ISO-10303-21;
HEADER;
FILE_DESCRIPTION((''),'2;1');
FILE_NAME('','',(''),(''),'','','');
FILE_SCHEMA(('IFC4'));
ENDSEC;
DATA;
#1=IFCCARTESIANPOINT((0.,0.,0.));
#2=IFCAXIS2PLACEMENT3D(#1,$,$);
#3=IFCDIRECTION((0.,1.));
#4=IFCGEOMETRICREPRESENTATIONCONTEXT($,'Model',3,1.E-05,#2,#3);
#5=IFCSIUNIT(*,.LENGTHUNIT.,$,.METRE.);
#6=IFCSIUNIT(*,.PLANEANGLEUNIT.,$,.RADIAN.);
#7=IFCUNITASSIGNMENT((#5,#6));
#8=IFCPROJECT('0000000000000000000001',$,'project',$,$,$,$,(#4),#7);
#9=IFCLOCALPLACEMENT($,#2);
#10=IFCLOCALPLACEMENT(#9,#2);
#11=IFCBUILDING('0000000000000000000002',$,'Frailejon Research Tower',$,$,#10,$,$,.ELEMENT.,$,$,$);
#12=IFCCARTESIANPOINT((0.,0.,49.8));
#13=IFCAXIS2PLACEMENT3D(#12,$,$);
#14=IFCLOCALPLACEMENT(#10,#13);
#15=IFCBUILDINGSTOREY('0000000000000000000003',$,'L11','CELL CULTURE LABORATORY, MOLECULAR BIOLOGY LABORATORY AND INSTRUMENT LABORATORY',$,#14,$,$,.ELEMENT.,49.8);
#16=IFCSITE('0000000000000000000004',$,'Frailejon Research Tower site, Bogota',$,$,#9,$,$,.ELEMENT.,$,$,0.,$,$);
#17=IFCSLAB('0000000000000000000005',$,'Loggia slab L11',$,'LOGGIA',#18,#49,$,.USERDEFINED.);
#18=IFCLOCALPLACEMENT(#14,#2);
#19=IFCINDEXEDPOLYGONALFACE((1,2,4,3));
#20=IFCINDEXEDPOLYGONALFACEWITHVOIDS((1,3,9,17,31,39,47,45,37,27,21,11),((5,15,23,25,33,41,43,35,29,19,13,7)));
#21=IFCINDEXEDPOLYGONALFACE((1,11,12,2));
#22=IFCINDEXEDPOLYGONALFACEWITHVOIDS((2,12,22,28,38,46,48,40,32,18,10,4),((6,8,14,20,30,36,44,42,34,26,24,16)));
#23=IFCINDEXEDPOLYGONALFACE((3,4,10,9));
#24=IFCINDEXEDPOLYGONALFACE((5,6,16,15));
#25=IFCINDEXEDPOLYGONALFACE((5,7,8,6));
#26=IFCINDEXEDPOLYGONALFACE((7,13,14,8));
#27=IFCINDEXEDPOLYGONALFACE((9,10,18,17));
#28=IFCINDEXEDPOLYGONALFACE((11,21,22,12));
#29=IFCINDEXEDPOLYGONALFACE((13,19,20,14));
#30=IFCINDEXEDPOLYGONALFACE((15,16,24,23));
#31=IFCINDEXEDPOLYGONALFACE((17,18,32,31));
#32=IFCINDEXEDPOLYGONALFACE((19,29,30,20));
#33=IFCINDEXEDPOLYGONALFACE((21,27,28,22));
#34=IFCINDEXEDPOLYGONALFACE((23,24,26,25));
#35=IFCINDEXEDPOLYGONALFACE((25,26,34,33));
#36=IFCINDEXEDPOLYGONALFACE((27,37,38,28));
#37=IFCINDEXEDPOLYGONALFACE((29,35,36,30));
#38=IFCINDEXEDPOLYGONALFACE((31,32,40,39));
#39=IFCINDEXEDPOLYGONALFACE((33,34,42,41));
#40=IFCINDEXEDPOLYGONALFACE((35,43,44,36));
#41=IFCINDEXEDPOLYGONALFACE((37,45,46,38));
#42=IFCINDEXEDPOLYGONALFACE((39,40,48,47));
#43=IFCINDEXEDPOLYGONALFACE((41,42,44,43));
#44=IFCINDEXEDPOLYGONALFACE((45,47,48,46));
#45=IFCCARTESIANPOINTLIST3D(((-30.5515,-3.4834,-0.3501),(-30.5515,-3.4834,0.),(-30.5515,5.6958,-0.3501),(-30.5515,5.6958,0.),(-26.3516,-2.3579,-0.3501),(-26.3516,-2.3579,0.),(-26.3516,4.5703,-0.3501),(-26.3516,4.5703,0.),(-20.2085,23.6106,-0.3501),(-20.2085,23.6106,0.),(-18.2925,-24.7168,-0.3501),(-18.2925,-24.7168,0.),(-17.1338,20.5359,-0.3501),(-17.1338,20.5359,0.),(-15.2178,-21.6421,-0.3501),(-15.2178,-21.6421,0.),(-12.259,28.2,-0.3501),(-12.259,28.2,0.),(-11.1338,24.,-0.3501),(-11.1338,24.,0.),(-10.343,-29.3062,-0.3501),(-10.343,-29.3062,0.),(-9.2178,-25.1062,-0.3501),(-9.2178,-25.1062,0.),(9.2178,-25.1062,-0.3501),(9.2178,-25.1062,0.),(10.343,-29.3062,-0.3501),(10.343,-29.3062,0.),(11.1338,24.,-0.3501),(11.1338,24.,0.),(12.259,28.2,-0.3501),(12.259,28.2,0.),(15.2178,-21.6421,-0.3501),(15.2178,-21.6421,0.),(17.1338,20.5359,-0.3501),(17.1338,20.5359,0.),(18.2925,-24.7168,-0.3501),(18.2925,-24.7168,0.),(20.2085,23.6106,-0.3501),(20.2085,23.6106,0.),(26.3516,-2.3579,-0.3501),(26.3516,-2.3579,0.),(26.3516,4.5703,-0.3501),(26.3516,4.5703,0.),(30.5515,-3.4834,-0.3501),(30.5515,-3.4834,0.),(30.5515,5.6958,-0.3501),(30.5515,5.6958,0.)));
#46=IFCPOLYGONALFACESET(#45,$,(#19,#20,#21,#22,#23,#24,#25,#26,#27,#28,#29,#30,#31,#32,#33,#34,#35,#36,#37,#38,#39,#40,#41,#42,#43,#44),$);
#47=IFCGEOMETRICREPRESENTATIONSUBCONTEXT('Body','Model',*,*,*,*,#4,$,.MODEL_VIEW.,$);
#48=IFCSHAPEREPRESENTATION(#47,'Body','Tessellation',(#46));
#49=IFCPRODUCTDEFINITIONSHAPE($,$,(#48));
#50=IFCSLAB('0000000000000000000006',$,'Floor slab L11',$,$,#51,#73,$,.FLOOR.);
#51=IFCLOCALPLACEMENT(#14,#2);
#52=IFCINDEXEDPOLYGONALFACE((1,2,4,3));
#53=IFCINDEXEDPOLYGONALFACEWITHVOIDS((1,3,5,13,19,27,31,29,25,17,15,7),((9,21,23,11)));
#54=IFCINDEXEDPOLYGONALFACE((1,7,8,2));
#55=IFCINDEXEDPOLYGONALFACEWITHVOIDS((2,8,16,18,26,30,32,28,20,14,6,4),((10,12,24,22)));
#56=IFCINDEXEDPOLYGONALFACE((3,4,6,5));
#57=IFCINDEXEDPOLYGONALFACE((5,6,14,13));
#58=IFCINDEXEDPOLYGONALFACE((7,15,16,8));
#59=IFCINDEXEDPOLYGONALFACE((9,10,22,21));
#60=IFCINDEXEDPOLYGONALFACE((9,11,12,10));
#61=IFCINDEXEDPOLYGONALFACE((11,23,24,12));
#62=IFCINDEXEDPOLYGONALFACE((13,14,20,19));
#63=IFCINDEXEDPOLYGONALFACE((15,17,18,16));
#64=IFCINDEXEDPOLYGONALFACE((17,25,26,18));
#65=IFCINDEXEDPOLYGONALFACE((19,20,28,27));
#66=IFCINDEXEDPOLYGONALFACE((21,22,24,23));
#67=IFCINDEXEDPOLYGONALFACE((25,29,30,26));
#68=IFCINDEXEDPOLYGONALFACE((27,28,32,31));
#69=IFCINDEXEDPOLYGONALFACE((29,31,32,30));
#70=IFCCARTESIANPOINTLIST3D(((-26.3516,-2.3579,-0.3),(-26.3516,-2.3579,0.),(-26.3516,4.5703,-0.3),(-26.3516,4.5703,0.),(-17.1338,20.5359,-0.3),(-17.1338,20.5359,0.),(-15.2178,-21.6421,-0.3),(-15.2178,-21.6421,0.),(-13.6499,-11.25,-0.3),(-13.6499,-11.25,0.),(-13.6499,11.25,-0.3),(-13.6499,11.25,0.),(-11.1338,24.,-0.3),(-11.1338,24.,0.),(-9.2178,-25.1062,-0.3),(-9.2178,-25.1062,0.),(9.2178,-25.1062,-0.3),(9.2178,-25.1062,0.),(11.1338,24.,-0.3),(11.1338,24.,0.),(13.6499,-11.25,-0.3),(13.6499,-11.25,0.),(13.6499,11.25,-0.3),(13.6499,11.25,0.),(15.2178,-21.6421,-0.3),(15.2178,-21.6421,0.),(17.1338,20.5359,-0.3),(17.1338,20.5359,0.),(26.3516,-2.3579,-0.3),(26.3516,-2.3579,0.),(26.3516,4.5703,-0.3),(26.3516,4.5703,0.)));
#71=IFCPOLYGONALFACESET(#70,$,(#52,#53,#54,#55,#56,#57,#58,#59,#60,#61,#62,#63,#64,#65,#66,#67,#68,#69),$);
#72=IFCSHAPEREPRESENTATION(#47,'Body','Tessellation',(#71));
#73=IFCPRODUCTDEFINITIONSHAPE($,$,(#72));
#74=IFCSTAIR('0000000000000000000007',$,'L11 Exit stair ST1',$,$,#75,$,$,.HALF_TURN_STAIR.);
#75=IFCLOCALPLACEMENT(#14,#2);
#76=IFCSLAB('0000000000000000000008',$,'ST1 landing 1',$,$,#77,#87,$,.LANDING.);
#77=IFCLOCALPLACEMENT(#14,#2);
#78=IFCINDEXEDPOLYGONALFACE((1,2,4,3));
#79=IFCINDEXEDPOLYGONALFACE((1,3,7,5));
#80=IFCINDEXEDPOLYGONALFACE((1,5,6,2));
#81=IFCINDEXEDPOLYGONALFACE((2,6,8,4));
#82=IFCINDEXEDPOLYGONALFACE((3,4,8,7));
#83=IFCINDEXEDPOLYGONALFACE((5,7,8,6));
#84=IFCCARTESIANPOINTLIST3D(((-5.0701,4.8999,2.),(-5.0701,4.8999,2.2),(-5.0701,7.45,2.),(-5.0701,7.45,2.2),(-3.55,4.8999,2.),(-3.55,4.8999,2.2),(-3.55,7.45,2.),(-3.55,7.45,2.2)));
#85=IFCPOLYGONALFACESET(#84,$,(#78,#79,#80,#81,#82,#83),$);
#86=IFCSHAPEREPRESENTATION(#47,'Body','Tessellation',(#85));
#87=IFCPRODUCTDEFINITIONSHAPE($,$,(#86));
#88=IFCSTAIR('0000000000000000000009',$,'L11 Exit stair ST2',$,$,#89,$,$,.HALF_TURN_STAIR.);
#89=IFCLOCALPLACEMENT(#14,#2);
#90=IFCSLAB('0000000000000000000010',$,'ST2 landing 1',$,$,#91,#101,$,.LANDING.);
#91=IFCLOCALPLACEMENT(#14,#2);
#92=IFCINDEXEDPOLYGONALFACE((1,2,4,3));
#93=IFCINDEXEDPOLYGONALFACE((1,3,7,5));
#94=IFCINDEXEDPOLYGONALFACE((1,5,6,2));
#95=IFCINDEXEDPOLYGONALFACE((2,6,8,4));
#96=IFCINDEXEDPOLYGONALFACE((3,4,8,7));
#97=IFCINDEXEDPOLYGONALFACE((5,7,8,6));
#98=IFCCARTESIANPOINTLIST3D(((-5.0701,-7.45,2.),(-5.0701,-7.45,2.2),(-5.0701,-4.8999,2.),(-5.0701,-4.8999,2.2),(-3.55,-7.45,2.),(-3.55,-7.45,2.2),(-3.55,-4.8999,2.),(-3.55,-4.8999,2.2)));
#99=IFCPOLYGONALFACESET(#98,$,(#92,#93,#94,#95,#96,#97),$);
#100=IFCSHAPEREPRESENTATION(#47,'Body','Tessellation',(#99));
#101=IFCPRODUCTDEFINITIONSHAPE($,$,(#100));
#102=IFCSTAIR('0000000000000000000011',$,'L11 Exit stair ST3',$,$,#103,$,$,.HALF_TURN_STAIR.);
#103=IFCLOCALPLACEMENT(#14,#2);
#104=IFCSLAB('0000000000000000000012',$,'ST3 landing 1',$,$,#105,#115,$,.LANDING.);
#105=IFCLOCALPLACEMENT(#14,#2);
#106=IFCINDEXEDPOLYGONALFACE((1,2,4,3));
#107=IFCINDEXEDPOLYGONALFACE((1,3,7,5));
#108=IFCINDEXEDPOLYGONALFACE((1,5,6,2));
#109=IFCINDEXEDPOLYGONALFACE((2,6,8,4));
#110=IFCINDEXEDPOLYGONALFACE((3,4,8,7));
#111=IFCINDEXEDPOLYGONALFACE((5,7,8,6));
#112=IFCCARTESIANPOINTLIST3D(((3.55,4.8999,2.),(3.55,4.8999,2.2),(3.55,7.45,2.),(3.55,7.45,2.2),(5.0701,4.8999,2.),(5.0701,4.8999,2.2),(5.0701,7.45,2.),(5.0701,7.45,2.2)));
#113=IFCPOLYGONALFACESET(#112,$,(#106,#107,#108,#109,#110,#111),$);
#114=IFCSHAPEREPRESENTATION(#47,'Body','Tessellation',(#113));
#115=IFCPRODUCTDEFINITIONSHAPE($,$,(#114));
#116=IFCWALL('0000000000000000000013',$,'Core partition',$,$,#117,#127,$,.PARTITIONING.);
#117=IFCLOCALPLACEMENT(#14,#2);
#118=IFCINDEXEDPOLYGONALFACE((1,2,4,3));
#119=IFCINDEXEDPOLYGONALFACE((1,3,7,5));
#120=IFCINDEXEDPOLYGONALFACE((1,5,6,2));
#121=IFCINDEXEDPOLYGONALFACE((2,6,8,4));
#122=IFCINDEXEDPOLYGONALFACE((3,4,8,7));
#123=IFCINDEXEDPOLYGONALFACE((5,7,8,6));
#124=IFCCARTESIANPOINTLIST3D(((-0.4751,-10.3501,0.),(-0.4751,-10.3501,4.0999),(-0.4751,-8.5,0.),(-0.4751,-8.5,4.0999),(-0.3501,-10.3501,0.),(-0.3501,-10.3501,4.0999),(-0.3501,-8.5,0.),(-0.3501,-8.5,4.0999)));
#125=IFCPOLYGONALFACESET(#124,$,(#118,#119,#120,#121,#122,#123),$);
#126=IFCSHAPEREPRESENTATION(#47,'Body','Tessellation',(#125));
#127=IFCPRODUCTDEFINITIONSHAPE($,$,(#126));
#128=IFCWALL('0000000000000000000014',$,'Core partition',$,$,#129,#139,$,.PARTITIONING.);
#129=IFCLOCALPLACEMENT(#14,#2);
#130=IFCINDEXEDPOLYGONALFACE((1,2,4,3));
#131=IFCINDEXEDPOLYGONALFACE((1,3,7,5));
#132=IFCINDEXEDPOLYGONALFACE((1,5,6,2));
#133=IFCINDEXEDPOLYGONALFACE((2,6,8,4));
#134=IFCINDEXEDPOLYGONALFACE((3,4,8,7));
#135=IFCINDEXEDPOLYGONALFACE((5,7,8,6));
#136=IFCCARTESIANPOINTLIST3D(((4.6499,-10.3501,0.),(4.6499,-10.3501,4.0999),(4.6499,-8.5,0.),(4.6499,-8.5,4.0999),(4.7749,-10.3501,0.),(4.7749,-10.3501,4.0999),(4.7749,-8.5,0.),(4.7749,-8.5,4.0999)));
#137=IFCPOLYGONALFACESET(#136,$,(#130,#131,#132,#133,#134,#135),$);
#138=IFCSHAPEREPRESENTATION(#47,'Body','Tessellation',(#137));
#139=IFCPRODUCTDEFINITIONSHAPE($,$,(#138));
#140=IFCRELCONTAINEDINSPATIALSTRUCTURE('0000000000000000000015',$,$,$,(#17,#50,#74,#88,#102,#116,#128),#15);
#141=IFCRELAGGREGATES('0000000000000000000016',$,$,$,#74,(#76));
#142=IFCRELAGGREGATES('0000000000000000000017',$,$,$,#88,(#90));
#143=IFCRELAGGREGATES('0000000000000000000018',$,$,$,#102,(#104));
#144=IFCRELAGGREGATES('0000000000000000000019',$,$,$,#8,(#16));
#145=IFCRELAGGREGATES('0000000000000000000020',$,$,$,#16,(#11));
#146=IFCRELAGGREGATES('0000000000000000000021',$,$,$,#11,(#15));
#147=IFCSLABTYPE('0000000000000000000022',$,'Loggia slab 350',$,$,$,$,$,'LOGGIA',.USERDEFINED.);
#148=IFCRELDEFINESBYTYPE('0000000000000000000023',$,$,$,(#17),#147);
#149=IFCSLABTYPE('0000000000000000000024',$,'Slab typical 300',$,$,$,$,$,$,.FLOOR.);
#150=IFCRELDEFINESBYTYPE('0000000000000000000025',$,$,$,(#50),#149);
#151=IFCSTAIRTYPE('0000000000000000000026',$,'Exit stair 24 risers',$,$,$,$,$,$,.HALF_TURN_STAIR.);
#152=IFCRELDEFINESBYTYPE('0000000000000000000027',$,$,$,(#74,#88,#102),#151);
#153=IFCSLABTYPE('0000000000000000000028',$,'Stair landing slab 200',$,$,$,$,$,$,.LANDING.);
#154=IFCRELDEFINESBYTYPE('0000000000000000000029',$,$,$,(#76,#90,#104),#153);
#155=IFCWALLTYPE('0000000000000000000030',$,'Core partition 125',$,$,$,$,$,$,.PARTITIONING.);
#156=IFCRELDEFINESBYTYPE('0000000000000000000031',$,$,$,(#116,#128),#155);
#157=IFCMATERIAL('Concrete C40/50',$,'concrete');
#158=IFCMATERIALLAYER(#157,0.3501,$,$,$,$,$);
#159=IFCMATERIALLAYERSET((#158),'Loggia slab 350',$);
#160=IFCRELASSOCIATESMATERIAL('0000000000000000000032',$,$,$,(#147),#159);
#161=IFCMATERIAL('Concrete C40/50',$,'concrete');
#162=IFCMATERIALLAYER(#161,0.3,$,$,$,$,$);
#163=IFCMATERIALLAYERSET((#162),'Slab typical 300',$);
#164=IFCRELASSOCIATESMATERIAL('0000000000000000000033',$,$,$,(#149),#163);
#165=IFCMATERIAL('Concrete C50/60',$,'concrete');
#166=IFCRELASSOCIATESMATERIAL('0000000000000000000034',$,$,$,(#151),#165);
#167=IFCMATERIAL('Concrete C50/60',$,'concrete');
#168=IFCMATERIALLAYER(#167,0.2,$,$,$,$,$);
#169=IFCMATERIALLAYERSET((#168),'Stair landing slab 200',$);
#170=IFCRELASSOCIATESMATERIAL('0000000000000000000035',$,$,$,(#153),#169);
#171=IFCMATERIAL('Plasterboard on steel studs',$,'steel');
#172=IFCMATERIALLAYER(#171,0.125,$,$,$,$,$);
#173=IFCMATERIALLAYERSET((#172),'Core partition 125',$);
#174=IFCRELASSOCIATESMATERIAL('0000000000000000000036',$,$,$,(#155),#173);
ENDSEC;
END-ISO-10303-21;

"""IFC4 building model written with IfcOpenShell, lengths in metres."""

from ifc_helpers import new_model, si_unit, direction, frame, frame_2d, origin, place, context, subcontext, project, spatial, polyline, rectangle, outline, extrude, material, layer, layer_set, type_object, element, aggregate, save


model = new_model("IFC4")

# Units and contexts
model_context = context("Model", 3, precision=1e-05, world=origin(), true_north=direction((0.0, 1.0)))
body_context = subcontext(model_context, "Body", "Model", "MODEL_VIEW")
ifc_project = project(units=[si_unit("LENGTHUNIT", "METRE"), si_unit("PLANEANGLEUNIT", "RADIAN")], contexts=[model_context])

# Site, building, storey
site_placement = place(None, origin())
site = spatial("IfcSite", under=ifc_project, at=site_placement, Name="Frailejon Research Tower site, Bogota", CompositionType="ELEMENT", RefElevation=0.0)
building_placement = place(site_placement, origin())
building = spatial("IfcBuilding", under=site, at=building_placement, Name="Frailejon Research Tower", CompositionType="ELEMENT")
storey_placement = place(building_placement, frame((0.0, 0.0, 49.8)))
storey = spatial("IfcBuildingStorey", under=building, at=storey_placement, Name="L11", Description="CELL CULTURE LABORATORY, MOLECULAR BIOLOGY LABORATORY AND INSTRUMENT LABORATORY", CompositionType="ELEMENT", Elevation=49.8)

# Slabs
ifc_material_1 = material(Name="Concrete C40/50", Category="concrete")
ifc_layer_1 = layer(ifc_material_1, 0.3501)
ifc_layer_set_1 = layer_set([ifc_layer_1], Name="Loggia slab 350")
slab_type_1 = type_object("IfcSlabType", Name="Loggia slab 350", ElementType="LOGGIA", PredefinedType="USERDEFINED", material=ifc_layer_set_1)
slab_1_placement = place(storey_placement, frame((0.0, 0.0, -0.3501)))
element("IfcSlab", 1, at=slab_1_placement, inside=storey, type_object=slab_type_1, Name="Loggia slab L11", ObjectType="LOGGIA", PredefinedType="USERDEFINED", context=body_context, shape_type="SweptSolid", body=[
    extrude(outline(polyline([(18.2925, -24.7168), (10.343, -29.3062), (-10.343, -29.3062), (-18.2925, -24.7168), (-30.5515, -3.4834), (-30.5515, 5.6958), (-20.2085, 23.6106), (-12.259, 28.2), (12.259, 28.2), (20.2085, 23.6106), (30.5515, 5.6958), (30.5515, -3.4834), (18.2925, -24.7168)]), holes=[polyline([(26.3516, 4.5703), (17.1338, 20.5359), (11.1338, 24.0), (-11.1338, 24.0), (-17.1338, 20.5359), (-26.3516, 4.5703), (-26.3516, -2.3579), (-15.2178, -21.6421), (-9.2178, -25.1062), (9.2178, -25.1062), (15.2178, -21.6421), (26.3516, -2.3579), (26.3516, 4.5703)])]), origin(), (0.0, 0.0, 1.0), 0.3501),
])
ifc_material_2 = material(Name="Concrete C40/50", Category="concrete")
ifc_layer_2 = layer(ifc_material_2, 0.3)
ifc_layer_set_2 = layer_set([ifc_layer_2], Name="Slab typical 300")
slab_type_2 = type_object("IfcSlabType", Name="Slab typical 300", PredefinedType="FLOOR", material=ifc_layer_set_2)
slab_2_placement = place(storey_placement, frame((0.0, 0.0, -0.3)))
element("IfcSlab", 2, at=slab_2_placement, inside=storey, type_object=slab_type_2, Name="Floor slab L11", PredefinedType="FLOOR", context=body_context, shape_type="SweptSolid", body=[
    extrude(outline(polyline([(26.3516, -2.3579), (26.3516, 4.5703), (17.1338, 20.5359), (11.1338, 24.0), (-11.1338, 24.0), (-17.1338, 20.5359), (-26.3516, 4.5703), (-26.3516, -2.3579), (-15.2178, -21.6421), (-9.2178, -25.1062), (9.2178, -25.1062), (15.2178, -21.6421), (26.3516, -2.3579)]), holes=[polyline([(13.6499, -11.25), (-13.6499, -11.25), (-13.6499, 11.25), (13.6499, 11.25), (13.6499, -11.25)])]), origin(), (0.0, 0.0, 1.0), 0.3),
])

# Stairs, slabs
ifc_material_3 = material(Name="Concrete C50/60", Category="concrete")
stair_type = type_object("IfcStairType", Name="Exit stair 24 risers", PredefinedType="HALF_TURN_STAIR", material=ifc_material_3)
stair_1_placement = place(storey_placement, origin())
stair_1 = element("IfcStair", 3, at=stair_1_placement, inside=storey, type_object=stair_type, Name="L11 Exit stair ST1", PredefinedType="HALF_TURN_STAIR")
ifc_material_4 = material(Name="Concrete C50/60", Category="concrete")
ifc_layer_3 = layer(ifc_material_4, 0.2)
ifc_layer_set_3 = layer_set([ifc_layer_3], Name="Stair landing slab 200")
slab_type_3 = type_object("IfcSlabType", Name="Stair landing slab 200", PredefinedType="LANDING", material=ifc_layer_set_3)
slab_3_placement = place(storey_placement, frame((0.0, 0.0, 2.0)))
slab_3 = element("IfcSlab", 4, at=slab_3_placement, type_object=slab_type_3, Name="ST1 landing 1", PredefinedType="LANDING", context=body_context, shape_type="SweptSolid", body=[
    extrude(outline(polyline([(-5.0701, 4.8999), (-3.55, 4.8999), (-3.55, 7.45), (-5.0701, 7.45), (-5.0701, 4.8999)])), origin(), (0.0, 0.0, 1.0), 0.2),
])
aggregate(stair_1, [slab_3])
stair_2_placement = place(storey_placement, origin())
stair_2 = element("IfcStair", 5, at=stair_2_placement, inside=storey, type_object=stair_type, Name="L11 Exit stair ST2", PredefinedType="HALF_TURN_STAIR")
slab_4_placement = place(storey_placement, frame((0.0, 0.0, 2.0)))
slab_4 = element("IfcSlab", 6, at=slab_4_placement, type_object=slab_type_3, Name="ST2 landing 1", PredefinedType="LANDING", context=body_context, shape_type="SweptSolid", body=[
    extrude(outline(polyline([(-5.0701, -7.45), (-3.55, -7.45), (-3.55, -4.8999), (-5.0701, -4.8999), (-5.0701, -7.45)])), origin(), (0.0, 0.0, 1.0), 0.2),
])
aggregate(stair_2, [slab_4])
stair_3_placement = place(storey_placement, origin())
stair_3 = element("IfcStair", 7, at=stair_3_placement, inside=storey, type_object=stair_type, Name="L11 Exit stair ST3", PredefinedType="HALF_TURN_STAIR")
slab_5_placement = place(storey_placement, frame((0.0, 0.0, 2.0)))
slab_5 = element("IfcSlab", 8, at=slab_5_placement, type_object=slab_type_3, Name="ST3 landing 1", PredefinedType="LANDING", context=body_context, shape_type="SweptSolid", body=[
    extrude(outline(polyline([(5.0701, 7.45), (3.55, 7.45), (3.55, 4.8999), (5.0701, 4.8999), (5.0701, 7.45)])), origin(), (0.0, 0.0, 1.0), 0.2),
])
aggregate(stair_3, [slab_5])

# Walls
ifc_material_5 = material(Name="Plasterboard on steel studs", Category="steel")
ifc_layer_4 = layer(ifc_material_5, 0.125)
ifc_layer_set_4 = layer_set([ifc_layer_4], Name="Core partition 125")
wall_type_1 = type_object("IfcWallType", Name="Core partition 125", PredefinedType="PARTITIONING", material=ifc_layer_set_4)
for number, where, z_axis, x_axis, name in (
    (9, (-0.4126, -10.3501, 0.0), (0.0, 0.0, 1.0), (0.0, 1.0, 0.0), "Core partition"),
    (10, (4.7124, -10.3501, 0.0), (0.0, 0.0, 1.0), (0.0, 1.0, 0.0), "Core partition"),
):
    element("IfcWall", number, at=place(storey_placement, frame(where, z_axis=z_axis, x_axis=x_axis)), inside=storey, type_object=wall_type_1, Name=name, PredefinedType="PARTITIONING", context=body_context, shape_type="SweptSolid", body=[
        extrude(rectangle(XDim=1.8501, YDim=0.125, at=frame_2d((0.925, 0.0))), origin(), (0.0, 0.0, 1.0), 4.0999),
    ])

save(model, "model.ifc")
